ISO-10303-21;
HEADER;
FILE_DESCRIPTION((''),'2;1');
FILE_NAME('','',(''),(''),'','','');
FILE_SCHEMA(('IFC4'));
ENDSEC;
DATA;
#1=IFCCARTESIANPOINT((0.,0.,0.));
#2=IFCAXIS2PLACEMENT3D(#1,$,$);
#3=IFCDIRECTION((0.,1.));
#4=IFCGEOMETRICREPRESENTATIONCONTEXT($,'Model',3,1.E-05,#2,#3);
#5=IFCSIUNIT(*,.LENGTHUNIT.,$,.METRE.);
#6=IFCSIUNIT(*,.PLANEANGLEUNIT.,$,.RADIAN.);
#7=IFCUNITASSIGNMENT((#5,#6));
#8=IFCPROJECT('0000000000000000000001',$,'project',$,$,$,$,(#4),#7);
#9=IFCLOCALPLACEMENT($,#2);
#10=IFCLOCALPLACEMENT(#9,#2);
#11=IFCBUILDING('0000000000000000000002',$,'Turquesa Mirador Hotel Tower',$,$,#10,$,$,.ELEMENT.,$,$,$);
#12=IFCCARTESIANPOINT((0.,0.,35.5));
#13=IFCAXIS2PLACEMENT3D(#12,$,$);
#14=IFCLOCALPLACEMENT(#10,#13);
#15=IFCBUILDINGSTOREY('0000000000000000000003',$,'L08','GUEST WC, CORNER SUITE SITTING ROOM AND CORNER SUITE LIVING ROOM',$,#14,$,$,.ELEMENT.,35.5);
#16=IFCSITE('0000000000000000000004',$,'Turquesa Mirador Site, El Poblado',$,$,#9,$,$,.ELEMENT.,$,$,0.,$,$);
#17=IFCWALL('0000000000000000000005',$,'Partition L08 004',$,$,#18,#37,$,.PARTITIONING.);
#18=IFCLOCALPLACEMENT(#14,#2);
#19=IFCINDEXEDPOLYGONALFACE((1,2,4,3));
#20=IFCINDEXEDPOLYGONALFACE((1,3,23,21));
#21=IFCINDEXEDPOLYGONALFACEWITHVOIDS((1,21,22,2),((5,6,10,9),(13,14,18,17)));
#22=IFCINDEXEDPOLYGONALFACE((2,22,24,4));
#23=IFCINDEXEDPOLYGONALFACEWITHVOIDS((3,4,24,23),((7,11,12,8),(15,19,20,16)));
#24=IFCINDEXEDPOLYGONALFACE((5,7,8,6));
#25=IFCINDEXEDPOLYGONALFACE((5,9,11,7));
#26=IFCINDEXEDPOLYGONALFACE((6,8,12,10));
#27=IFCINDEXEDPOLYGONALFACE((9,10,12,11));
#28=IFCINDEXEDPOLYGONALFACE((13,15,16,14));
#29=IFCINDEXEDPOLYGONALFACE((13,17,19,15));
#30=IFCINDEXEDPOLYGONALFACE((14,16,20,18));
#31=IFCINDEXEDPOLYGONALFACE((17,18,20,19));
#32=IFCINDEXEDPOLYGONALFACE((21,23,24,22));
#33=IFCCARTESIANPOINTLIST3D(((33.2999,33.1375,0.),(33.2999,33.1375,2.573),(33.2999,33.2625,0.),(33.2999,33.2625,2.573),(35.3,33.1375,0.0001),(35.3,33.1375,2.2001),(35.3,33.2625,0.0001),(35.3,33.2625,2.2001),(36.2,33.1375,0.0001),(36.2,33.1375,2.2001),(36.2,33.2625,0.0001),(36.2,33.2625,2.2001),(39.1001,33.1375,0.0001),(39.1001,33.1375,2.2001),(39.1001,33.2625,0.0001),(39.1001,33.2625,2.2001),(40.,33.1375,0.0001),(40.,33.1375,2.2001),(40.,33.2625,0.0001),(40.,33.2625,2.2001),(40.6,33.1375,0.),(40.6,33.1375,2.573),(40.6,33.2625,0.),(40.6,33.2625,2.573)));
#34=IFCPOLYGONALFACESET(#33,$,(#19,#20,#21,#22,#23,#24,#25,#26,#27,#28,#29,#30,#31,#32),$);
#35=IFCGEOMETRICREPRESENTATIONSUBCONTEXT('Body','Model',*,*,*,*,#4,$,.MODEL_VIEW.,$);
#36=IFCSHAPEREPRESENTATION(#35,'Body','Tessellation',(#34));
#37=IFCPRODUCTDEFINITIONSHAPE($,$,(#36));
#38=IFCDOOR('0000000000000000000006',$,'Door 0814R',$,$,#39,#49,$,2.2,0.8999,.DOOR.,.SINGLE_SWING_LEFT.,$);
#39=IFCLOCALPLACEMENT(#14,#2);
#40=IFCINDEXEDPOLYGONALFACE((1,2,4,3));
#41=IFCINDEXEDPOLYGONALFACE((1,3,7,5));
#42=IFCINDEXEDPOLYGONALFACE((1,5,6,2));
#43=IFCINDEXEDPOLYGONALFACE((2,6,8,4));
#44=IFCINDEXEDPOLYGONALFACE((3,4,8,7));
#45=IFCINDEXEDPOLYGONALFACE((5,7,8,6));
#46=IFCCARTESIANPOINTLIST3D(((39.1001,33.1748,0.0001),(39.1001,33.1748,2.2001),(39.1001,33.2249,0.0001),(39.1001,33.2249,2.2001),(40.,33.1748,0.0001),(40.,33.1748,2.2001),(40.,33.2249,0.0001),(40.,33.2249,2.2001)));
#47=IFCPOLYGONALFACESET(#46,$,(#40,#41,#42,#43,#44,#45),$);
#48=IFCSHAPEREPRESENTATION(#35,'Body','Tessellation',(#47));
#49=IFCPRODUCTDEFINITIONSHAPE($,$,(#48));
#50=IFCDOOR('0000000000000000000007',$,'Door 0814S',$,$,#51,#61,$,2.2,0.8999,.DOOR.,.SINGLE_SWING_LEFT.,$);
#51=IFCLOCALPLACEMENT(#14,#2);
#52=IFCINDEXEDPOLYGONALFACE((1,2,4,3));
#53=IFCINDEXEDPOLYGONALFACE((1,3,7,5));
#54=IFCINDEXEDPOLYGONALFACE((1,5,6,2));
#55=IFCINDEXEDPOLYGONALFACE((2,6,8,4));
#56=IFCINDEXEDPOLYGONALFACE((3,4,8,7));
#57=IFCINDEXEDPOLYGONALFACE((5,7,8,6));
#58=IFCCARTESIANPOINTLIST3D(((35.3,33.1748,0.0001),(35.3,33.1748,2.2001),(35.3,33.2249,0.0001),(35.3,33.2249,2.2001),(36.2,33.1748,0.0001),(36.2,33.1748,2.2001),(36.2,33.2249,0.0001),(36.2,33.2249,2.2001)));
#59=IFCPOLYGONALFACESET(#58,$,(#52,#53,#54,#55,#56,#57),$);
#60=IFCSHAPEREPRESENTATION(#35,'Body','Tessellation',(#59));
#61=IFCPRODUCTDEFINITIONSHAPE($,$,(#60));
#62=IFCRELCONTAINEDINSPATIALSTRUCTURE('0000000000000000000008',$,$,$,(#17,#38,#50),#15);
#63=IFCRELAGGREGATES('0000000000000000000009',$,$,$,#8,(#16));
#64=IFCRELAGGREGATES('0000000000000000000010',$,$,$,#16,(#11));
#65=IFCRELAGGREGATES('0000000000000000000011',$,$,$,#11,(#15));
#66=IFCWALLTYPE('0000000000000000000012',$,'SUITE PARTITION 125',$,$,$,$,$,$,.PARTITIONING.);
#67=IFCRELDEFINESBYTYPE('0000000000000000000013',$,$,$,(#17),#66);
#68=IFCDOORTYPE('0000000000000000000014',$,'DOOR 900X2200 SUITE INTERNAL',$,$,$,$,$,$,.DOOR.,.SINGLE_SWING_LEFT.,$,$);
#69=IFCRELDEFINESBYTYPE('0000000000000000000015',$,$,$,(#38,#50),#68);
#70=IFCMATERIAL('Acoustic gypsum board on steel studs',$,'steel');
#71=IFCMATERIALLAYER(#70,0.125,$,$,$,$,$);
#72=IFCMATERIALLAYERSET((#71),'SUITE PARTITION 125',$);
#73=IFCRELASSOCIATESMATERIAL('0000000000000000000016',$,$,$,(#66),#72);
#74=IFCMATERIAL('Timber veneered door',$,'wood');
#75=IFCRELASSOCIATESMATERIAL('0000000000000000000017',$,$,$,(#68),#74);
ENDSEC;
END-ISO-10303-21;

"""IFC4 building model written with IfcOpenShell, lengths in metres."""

from ifc_helpers import new_model, si_unit, direction, frame, frame_2d, origin, place, context, subcontext, project, spatial, rectangle, extrude, material, layer, layer_set, type_object, element, fill, save


model = new_model("IFC4")

# Units and contexts
model_context = context("Model", 3, precision=1e-05, world=origin(), true_north=direction((0.0, 1.0)))
body_context = subcontext(model_context, "Body", "Model", "MODEL_VIEW")
ifc_project = project(units=[si_unit("LENGTHUNIT", "METRE"), si_unit("PLANEANGLEUNIT", "RADIAN")], contexts=[model_context])

# Site, building, storey
site_placement = place(None, origin())
site = spatial("IfcSite", under=ifc_project, at=site_placement, Name="Turquesa Mirador Site, El Poblado", CompositionType="ELEMENT", RefElevation=0.0)
building_placement = place(site_placement, origin())
building = spatial("IfcBuilding", under=site, at=building_placement, Name="Turquesa Mirador Hotel Tower", CompositionType="ELEMENT")
storey_placement = place(building_placement, frame((0.0, 0.0, 35.5)))
storey = spatial("IfcBuildingStorey", under=building, at=storey_placement, Name="L08", Description="GUEST WC, CORNER SUITE SITTING ROOM AND CORNER SUITE LIVING ROOM", CompositionType="ELEMENT", Elevation=35.5)

# Wall, openings, doors
ifc_material_1 = material(Name="Acoustic gypsum board on steel studs", Category="steel")
ifc_layer_1 = layer(ifc_material_1, 0.125)
ifc_layer_set_1 = layer_set([ifc_layer_1], Name="SUITE PARTITION 125")
wall_type_1 = type_object("IfcWallType", Name="SUITE PARTITION 125", PredefinedType="PARTITIONING", material=ifc_layer_set_1)
wall_1_placement = place(storey_placement, frame((33.3, 33.2, 0.0), z_axis=(0.0, 0.0, 1.0), x_axis=(1.0, 0.0, 0.0)))
wall_1 = element("IfcWall", 1, at=wall_1_placement, inside=storey, type_object=wall_type_1, Name="Partition L08 004", PredefinedType="PARTITIONING", context=body_context, shape_type="SweptSolid", body=[
    extrude(rectangle(XDim=7.3, YDim=0.125, at=frame_2d((3.6499, 0.0))), origin(), (0.0, 0.0, 1.0), 2.573),
])
opening_1_placement = place(wall_1_placement, frame((5.8, 0.0, 0.0)))
opening_1 = element("IfcOpeningElement", 2, at=opening_1_placement, cuts=wall_1, PredefinedType="OPENING", context=body_context, shape_type="SweptSolid", body=[
    extrude(rectangle(XDim=0.8999, YDim=2.2, at=frame_2d((0.45, 1.1001))), frame((0.0, 0.0725, 0.0), z_axis=(0.0, -1.0, 0.0), x_axis=(1.0, 0.0, 0.0)), (0.0, 0.0, 1.0), 0.145),
])
opening_2_placement = place(wall_1_placement, frame((2.0, 0.0, 0.0)))
opening_2 = element("IfcOpeningElement", 3, at=opening_2_placement, cuts=wall_1, PredefinedType="OPENING", context=body_context, shape_type="SweptSolid", body=[
    extrude(rectangle(XDim=0.8999, YDim=2.2, at=frame_2d((0.45, 1.1001))), frame((0.0, 0.0725, 0.0), z_axis=(0.0, -1.0, 0.0), x_axis=(1.0, 0.0, 0.0)), (0.0, 0.0, 1.0), 0.145),
])
ifc_material_2 = material(Name="Timber veneered door", Category="wood")
door_type_1 = type_object("IfcDoorType", Name="DOOR 900X2200 SUITE INTERNAL", OperationType="SINGLE_SWING_LEFT", PredefinedType="DOOR", material=ifc_material_2)
door_1_placement = place(opening_1_placement, origin())
door_1 = element("IfcDoor", 4, at=door_1_placement, inside=storey, type_object=door_type_1, Name="Door 0814R", OperationType="SINGLE_SWING_LEFT", OverallHeight=2.2, OverallWidth=0.8999, PredefinedType="DOOR", context=body_context, shape_type="SweptSolid", body=[
    extrude(rectangle(XDim=0.8999, YDim=2.2, at=frame_2d((0.45, 1.1001))), frame((0.0, 0.0249, 0.0), z_axis=(0.0, -1.0, 0.0), x_axis=(1.0, 0.0, 0.0)), (0.0, 0.0, 1.0), 0.05),
])
fill(opening_1, door_1)
door_2_placement = place(opening_2_placement, origin())
door_2 = element("IfcDoor", 5, at=door_2_placement, inside=storey, type_object=door_type_1, Name="Door 0814S", OperationType="SINGLE_SWING_LEFT", OverallHeight=2.2, OverallWidth=0.8999, PredefinedType="DOOR", context=body_context, shape_type="SweptSolid", body=[
    extrude(rectangle(XDim=0.8999, YDim=2.2, at=frame_2d((0.45, 1.1001))), frame((0.0, 0.0249, 0.0), z_axis=(0.0, -1.0, 0.0), x_axis=(1.0, 0.0, 0.0)), (0.0, 0.0, 1.0), 0.05),
])
fill(opening_2, door_2)

save(model, "model.ifc")
